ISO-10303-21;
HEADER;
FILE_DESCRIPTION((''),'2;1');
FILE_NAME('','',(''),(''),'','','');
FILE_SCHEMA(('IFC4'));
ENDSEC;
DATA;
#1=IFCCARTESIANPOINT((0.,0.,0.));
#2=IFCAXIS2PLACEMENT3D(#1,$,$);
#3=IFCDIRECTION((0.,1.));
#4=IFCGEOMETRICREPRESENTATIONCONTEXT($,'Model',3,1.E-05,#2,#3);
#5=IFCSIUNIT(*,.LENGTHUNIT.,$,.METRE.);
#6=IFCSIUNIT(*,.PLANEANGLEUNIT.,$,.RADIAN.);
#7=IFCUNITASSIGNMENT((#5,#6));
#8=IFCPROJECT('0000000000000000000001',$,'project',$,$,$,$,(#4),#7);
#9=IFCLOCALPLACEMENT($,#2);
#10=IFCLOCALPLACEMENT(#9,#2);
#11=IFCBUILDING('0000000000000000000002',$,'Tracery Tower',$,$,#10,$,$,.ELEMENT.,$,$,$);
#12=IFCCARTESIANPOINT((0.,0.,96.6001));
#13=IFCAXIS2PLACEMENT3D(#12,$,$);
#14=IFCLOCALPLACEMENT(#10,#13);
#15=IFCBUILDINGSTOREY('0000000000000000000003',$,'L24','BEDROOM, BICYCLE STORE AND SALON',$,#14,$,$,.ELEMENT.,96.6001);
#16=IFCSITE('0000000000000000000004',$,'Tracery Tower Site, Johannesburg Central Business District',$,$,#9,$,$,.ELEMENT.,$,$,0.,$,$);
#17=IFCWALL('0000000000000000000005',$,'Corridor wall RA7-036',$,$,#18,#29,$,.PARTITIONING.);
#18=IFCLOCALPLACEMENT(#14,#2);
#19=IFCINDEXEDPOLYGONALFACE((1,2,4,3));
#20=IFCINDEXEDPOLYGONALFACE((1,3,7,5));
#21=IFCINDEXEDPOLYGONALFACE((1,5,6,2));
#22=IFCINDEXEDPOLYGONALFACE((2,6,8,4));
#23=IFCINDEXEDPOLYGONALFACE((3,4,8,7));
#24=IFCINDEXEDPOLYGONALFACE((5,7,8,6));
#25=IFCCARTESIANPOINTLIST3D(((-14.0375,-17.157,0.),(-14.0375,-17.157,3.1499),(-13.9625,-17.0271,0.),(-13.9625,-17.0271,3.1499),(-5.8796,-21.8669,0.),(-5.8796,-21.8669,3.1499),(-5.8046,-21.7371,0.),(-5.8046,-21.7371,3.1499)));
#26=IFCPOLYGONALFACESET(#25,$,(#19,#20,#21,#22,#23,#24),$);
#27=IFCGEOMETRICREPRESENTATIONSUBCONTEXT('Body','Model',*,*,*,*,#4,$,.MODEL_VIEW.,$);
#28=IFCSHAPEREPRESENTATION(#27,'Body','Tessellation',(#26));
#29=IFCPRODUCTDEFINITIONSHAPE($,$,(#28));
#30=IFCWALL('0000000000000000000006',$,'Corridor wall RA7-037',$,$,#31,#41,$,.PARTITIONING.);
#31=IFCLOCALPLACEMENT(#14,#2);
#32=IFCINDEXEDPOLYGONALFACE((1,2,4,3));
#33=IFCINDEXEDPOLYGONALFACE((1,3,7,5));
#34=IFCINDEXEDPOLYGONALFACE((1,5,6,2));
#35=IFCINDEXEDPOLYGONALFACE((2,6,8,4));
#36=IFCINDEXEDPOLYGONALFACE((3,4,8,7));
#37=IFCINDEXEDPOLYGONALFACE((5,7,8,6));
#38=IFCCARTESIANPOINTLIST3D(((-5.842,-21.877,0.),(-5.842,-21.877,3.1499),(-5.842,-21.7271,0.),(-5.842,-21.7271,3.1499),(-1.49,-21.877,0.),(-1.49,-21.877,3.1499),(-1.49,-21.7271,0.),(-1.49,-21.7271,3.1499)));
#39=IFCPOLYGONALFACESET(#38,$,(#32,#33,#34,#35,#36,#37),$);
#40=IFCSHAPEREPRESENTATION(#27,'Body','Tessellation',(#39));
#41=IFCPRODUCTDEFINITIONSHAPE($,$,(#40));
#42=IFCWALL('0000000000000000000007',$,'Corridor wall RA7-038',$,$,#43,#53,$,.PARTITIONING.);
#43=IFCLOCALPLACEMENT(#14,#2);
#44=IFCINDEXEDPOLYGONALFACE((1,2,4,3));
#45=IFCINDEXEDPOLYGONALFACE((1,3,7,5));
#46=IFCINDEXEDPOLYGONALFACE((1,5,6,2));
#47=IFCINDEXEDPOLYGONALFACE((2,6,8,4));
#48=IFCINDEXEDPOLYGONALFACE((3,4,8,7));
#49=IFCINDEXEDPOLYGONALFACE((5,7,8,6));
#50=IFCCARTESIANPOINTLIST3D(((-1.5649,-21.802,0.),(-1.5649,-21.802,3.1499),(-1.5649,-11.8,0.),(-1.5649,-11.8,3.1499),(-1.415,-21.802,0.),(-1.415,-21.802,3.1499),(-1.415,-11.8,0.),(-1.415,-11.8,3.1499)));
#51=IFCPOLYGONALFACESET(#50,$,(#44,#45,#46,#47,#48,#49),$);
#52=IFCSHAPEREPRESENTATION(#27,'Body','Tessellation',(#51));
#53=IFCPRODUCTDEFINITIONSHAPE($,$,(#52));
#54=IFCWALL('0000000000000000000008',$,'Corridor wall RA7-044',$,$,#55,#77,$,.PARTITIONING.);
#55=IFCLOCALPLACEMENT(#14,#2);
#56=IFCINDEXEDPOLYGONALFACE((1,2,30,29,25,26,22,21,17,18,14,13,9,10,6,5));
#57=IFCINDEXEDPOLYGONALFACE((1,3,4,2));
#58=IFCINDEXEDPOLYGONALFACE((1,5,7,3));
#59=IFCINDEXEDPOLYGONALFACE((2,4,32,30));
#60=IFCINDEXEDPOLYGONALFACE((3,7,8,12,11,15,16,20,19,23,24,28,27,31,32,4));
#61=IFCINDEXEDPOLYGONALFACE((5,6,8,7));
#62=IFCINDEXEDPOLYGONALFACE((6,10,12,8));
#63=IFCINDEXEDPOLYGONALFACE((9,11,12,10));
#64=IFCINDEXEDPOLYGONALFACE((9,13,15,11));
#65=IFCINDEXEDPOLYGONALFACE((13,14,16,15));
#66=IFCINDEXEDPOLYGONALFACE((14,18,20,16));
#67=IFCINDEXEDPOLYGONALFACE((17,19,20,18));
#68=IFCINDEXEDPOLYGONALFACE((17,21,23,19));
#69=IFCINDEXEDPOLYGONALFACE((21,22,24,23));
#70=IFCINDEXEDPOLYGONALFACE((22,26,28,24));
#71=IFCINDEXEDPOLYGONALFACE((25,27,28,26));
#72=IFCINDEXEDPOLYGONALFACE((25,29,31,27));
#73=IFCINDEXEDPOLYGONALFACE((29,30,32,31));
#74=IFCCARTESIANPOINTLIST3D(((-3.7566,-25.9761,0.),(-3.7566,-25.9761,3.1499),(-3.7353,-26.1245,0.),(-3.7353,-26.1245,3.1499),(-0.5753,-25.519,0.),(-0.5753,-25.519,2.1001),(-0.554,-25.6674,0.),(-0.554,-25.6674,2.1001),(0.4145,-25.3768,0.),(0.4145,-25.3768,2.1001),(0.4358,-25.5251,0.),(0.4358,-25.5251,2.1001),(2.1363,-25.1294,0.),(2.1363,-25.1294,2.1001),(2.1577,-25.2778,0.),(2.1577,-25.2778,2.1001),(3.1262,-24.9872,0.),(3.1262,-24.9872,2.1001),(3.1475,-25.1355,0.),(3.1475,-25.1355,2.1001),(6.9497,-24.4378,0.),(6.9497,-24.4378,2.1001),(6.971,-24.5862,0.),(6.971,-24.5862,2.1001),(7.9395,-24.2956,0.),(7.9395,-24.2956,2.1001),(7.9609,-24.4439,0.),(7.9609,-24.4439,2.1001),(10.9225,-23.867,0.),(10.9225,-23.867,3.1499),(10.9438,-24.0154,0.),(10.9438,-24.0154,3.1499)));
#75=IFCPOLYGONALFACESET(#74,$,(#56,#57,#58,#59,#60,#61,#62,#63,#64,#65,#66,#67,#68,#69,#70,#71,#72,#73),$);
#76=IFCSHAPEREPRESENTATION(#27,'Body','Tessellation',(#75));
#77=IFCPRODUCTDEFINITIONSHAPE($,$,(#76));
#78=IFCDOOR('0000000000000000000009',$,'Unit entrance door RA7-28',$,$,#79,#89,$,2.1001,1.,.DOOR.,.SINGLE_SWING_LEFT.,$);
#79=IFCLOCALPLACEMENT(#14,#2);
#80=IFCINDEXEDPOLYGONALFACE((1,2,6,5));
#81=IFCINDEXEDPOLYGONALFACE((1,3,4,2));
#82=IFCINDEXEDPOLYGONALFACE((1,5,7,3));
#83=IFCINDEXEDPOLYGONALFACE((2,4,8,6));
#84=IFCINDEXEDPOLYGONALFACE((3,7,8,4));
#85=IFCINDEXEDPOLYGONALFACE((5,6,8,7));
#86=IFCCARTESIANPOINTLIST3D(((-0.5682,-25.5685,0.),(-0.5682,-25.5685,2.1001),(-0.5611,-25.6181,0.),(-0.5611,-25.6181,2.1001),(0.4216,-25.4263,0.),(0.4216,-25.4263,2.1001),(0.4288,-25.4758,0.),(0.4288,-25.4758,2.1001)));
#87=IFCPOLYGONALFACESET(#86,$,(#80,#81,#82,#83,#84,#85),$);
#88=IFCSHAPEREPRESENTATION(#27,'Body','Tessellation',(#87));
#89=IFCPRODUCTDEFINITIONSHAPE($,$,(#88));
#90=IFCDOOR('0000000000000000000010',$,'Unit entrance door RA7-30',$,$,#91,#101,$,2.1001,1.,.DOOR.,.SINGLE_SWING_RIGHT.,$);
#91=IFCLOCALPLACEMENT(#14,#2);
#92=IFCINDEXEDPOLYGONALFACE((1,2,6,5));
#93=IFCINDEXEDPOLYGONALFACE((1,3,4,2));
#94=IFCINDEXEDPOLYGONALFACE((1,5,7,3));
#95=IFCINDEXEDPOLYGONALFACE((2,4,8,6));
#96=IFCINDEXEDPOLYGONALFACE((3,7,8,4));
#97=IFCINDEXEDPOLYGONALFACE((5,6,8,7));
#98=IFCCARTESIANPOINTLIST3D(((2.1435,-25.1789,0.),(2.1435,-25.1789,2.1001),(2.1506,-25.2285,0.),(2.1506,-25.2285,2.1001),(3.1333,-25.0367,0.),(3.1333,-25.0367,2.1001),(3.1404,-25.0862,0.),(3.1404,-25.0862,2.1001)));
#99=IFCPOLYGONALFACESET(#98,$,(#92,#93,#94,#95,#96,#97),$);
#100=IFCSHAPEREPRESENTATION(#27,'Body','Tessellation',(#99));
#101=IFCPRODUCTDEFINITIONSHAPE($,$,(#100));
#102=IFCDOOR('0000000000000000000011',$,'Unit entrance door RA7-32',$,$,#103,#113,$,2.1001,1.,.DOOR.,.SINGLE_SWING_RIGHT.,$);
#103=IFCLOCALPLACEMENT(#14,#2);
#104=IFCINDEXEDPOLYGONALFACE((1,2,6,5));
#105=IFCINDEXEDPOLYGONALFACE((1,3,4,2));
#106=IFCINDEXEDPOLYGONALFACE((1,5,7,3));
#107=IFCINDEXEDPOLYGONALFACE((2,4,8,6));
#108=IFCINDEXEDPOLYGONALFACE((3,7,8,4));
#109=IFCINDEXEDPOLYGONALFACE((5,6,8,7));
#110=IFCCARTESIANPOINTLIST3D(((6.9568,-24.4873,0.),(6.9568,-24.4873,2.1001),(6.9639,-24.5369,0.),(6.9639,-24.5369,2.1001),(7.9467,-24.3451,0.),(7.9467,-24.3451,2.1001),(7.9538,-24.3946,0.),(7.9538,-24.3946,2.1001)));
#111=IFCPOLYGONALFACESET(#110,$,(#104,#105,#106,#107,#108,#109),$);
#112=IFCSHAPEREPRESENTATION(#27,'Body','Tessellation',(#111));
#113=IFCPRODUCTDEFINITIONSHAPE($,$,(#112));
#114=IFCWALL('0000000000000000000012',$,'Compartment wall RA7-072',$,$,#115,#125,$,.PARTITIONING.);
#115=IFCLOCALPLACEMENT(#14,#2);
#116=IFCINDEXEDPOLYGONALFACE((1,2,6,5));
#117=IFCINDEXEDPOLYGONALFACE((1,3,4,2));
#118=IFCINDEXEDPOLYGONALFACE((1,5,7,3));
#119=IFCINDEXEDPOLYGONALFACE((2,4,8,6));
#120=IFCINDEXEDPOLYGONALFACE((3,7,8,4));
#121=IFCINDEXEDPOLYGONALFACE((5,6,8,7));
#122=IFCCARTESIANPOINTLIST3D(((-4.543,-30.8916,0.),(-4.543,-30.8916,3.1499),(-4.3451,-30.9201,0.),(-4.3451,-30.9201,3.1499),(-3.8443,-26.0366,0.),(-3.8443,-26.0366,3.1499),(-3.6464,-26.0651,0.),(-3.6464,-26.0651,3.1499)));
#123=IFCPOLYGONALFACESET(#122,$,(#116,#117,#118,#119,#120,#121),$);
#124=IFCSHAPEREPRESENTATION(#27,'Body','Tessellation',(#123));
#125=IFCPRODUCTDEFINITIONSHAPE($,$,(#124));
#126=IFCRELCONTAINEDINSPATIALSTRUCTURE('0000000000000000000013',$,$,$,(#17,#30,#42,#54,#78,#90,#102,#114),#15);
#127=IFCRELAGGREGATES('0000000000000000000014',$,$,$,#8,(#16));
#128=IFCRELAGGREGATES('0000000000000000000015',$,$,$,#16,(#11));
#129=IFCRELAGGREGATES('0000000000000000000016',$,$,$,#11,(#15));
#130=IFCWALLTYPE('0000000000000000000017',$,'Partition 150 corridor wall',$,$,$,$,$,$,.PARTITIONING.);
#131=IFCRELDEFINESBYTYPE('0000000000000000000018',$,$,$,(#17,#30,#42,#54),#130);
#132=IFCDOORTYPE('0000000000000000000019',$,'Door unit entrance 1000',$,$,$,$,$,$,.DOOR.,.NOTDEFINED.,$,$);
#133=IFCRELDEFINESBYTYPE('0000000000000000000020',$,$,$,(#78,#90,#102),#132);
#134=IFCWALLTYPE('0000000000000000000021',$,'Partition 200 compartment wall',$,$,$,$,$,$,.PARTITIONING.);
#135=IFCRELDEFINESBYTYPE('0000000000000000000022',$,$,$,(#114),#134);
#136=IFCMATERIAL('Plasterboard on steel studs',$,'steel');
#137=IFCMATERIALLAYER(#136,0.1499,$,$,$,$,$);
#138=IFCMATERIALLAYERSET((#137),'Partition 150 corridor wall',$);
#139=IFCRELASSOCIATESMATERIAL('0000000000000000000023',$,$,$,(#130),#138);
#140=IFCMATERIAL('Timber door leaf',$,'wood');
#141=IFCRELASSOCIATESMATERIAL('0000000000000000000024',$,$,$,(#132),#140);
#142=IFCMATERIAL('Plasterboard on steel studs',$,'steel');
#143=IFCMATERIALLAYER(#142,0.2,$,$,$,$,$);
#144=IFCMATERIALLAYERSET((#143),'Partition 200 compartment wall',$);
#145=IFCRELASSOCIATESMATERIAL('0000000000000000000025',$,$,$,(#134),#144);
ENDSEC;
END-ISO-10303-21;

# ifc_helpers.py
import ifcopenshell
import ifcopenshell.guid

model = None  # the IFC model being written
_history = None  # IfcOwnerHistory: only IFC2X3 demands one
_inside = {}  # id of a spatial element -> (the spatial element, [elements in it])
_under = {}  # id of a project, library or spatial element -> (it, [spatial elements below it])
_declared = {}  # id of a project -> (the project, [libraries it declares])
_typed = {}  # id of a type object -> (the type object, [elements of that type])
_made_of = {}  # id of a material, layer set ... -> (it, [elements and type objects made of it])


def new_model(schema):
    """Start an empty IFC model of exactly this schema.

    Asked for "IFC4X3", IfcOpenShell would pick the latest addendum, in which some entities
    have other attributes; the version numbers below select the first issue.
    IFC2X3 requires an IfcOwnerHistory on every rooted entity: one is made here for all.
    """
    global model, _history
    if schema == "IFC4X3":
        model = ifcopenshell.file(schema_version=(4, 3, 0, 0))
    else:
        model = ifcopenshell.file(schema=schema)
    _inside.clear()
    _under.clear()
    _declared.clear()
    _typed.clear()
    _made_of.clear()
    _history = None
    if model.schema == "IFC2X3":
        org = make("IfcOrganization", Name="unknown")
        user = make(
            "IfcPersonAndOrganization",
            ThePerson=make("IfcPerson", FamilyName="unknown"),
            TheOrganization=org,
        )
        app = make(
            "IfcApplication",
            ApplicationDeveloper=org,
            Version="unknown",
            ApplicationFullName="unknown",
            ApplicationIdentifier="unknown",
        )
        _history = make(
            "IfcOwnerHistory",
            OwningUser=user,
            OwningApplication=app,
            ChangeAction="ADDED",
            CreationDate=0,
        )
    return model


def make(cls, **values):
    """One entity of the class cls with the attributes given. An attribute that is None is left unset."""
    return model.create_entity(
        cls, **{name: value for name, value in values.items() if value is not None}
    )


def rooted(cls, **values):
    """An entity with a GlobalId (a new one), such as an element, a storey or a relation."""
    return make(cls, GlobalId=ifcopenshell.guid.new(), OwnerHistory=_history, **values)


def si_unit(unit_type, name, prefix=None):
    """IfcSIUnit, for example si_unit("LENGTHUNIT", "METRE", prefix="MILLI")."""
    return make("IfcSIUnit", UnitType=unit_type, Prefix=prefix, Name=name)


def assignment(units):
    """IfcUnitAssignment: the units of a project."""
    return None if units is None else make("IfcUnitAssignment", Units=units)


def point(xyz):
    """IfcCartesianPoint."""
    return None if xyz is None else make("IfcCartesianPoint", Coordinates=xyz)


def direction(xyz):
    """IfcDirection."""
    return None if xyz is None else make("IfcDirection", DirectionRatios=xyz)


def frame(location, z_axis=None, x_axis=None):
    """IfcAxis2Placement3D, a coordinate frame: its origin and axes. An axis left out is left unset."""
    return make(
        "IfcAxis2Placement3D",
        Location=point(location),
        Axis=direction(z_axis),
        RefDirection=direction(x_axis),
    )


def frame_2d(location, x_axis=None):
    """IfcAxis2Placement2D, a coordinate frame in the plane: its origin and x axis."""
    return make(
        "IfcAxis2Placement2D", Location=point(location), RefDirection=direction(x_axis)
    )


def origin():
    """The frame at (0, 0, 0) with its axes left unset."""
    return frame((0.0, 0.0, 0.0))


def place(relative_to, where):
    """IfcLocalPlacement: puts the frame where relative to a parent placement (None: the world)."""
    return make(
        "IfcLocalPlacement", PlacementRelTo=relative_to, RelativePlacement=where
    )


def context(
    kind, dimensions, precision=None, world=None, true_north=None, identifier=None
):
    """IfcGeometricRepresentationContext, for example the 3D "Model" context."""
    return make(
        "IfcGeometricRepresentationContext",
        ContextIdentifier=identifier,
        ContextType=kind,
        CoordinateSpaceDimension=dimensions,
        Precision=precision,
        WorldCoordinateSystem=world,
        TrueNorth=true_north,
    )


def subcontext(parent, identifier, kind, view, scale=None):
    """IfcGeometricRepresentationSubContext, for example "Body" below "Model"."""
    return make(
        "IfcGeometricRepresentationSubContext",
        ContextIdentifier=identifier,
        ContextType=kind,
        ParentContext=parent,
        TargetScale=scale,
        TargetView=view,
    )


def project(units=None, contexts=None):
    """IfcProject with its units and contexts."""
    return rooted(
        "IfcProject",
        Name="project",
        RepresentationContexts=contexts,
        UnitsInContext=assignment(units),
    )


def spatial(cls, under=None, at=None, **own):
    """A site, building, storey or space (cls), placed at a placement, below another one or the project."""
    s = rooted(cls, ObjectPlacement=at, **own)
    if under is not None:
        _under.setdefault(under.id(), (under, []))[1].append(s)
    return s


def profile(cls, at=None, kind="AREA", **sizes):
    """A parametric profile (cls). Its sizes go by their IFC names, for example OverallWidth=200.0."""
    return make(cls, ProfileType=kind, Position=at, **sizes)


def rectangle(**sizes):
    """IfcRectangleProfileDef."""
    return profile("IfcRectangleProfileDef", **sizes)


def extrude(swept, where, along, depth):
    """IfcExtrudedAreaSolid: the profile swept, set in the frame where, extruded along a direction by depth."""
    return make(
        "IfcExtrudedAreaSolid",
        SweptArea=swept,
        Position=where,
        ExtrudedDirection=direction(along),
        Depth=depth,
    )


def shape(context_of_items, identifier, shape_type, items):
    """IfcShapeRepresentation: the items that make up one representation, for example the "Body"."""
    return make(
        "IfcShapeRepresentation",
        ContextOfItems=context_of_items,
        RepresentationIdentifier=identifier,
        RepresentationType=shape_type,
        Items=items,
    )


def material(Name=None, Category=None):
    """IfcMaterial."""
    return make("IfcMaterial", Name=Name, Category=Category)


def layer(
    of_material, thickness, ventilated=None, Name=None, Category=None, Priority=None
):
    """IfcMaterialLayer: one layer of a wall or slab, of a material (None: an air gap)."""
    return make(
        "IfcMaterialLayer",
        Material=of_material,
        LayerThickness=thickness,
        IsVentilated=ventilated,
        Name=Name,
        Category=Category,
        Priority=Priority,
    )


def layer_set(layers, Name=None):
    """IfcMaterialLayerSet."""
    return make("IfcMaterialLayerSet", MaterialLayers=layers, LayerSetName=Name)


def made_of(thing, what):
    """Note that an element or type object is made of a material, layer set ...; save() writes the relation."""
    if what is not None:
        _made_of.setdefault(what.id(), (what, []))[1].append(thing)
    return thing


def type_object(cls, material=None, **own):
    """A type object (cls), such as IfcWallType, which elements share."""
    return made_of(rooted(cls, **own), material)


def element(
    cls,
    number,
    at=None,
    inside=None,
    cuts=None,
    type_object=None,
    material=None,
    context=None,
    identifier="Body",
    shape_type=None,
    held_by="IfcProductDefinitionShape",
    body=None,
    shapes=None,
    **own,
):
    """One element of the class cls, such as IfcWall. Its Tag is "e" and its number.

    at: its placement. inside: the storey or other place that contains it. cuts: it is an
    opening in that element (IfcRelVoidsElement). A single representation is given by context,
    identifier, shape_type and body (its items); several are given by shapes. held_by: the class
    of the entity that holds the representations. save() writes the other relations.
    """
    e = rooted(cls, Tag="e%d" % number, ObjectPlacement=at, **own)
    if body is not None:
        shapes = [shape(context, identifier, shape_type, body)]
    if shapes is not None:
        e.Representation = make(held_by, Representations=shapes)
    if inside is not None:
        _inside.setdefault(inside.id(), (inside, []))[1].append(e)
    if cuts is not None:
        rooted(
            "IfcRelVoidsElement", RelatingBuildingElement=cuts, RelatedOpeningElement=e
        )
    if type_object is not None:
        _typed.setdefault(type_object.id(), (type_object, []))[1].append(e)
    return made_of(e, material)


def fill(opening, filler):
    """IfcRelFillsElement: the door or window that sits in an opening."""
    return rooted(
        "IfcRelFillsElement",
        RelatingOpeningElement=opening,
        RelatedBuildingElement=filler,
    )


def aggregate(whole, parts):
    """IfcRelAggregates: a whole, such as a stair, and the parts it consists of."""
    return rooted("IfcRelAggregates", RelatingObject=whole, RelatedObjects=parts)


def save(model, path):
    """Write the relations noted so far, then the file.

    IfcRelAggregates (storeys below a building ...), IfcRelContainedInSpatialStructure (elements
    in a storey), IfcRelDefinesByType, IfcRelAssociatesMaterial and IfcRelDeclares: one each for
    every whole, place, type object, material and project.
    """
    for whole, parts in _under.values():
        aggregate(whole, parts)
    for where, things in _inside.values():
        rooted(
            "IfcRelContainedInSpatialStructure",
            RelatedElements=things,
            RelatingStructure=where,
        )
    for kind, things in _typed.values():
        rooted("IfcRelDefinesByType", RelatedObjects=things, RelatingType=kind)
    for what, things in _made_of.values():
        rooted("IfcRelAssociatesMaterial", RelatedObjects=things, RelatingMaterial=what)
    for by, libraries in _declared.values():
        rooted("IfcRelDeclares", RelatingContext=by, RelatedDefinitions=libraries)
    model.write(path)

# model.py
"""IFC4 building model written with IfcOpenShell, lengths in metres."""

from ifc_helpers import new_model, si_unit, direction, frame, frame_2d, origin, place, context, subcontext, project, spatial, rectangle, extrude, material, layer, layer_set, type_object, element, fill, save


model = new_model("IFC4")

# Units and contexts
model_context = context("Model", 3, precision=1e-05, world=origin(), true_north=direction((0.0, 1.0)))
body_context = subcontext(model_context, "Body", "Model", "MODEL_VIEW")
ifc_project = project(units=[si_unit("LENGTHUNIT", "METRE"), si_unit("PLANEANGLEUNIT", "RADIAN")], contexts=[model_context])

# Site, building, storey
site_placement = place(None, origin())
site = spatial("IfcSite", under=ifc_project, at=site_placement, Name="Tracery Tower Site, Johannesburg Central Business District", CompositionType="ELEMENT", RefElevation=0.0)
building_placement = place(site_placement, origin())
building = spatial("IfcBuilding", under=site, at=building_placement, Name="Tracery Tower", CompositionType="ELEMENT")
storey_placement = place(building_placement, frame((0.0, 0.0, 96.6001)))
storey = spatial("IfcBuildingStorey", under=building, at=storey_placement, Name="L24", Description="BEDROOM, BICYCLE STORE AND SALON", CompositionType="ELEMENT", Elevation=96.6001)

# Walls
ifc_material_1 = material(Name="Plasterboard on steel studs", Category="steel")
ifc_layer_1 = layer(ifc_material_1, 0.1499)
ifc_layer_set_1 = layer_set([ifc_layer_1], Name="Partition 150 corridor wall")
wall_type_1 = type_object("IfcWallType", Name="Partition 150 corridor wall", PredefinedType="PARTITIONING", material=ifc_layer_set_1)
wall_1_placement = place(storey_placement, frame((-14.0, -17.092, 0.0), z_axis=(0.0, 0.0, 1.0), x_axis=(0.866027, -0.499997, 0.0)))
element("IfcWall", 1, at=wall_1_placement, inside=storey, type_object=wall_type_1, Name="Corridor wall RA7-036", PredefinedType="PARTITIONING", context=body_context, shape_type="SweptSolid", body=[
    extrude(rectangle(XDim=9.4199, YDim=0.1499, at=frame_2d((4.71, 0.0))), origin(), (0.0, 0.0, 1.0), 3.1499),
])
wall_2_placement = place(storey_placement, frame((-5.842, -21.802, 0.0), z_axis=(0.0, 0.0, 1.0), x_axis=(1.0, 0.0, 0.0)))
element("IfcWall", 2, at=wall_2_placement, inside=storey, type_object=wall_type_1, Name="Corridor wall RA7-037", PredefinedType="PARTITIONING", context=body_context, shape_type="SweptSolid", body=[
    extrude(rectangle(XDim=4.3521, YDim=0.1499, at=frame_2d((2.176, 0.0))), origin(), (0.0, 0.0, 1.0), 3.1499),
])
wall_3_placement = place(storey_placement, frame((-1.49, -21.802, 0.0), z_axis=(0.0, 0.0, 1.0), x_axis=(0.0, 1.0, 0.0)))
element("IfcWall", 3, at=wall_3_placement, inside=storey, type_object=wall_type_1, Name="Corridor wall RA7-038", PredefinedType="PARTITIONING", context=body_context, shape_type="SweptSolid", body=[
    extrude(rectangle(XDim=10.002, YDim=0.1499, at=frame_2d((5.001, 0.0))), origin(), (0.0, 0.0, 1.0), 3.1499),
])

# Wall, openings, doors
wall_4_placement = place(storey_placement, frame((-3.7461, -26.0503, 0.0), z_axis=(0.0, 0.0, 1.0), x_axis=(0.989835, 0.142221, 0.0)))
wall_4 = element("IfcWall", 4, at=wall_4_placement, inside=storey, type_object=wall_type_1, Name="Corridor wall RA7-044", PredefinedType="PARTITIONING", context=body_context, shape_type="SweptSolid", body=[
    extrude(rectangle(XDim=14.8298, YDim=0.1499, at=frame_2d((7.415, 0.0))), origin(), (0.0, 0.0, 1.0), 3.1499),
])
opening_1_placement = place(wall_4_placement, frame((3.2141, 0.0, 0.0)))
opening_1 = element("IfcOpeningElement", 5, at=opening_1_placement, cuts=wall_4, PredefinedType="OPENING", context=body_context, shape_type="SweptSolid", body=[
    extrude(rectangle(XDim=1.0, YDim=2.1001, at=frame_2d((0.5, 1.05))), frame((0.0, 0.075, 0.0), z_axis=(0.0, -1.0, 0.0), x_axis=(1.0, 0.0, 0.0)), (0.0, 0.0, 1.0), 0.1499),
])
opening_2_placement = place(wall_4_placement, frame((5.9536, 0.0, 0.0)))
opening_2 = element("IfcOpeningElement", 6, at=opening_2_placement, cuts=wall_4, PredefinedType="OPENING", context=body_context, shape_type="SweptSolid", body=[
    extrude(rectangle(XDim=1.0, YDim=2.1001, at=frame_2d((0.5, 1.05))), frame((0.0, 0.075, 0.0), z_axis=(0.0, -1.0, 0.0), x_axis=(1.0, 0.0, 0.0)), (0.0, 0.0, 1.0), 0.1499),
])
opening_3_placement = place(wall_4_placement, frame((10.8164, 0.0, 0.0)))
opening_3 = element("IfcOpeningElement", 7, at=opening_3_placement, cuts=wall_4, PredefinedType="OPENING", context=body_context, shape_type="SweptSolid", body=[
    extrude(rectangle(XDim=1.0, YDim=2.1001, at=frame_2d((0.5, 1.05))), frame((0.0, 0.075, 0.0), z_axis=(0.0, -1.0, 0.0), x_axis=(1.0, 0.0, 0.0)), (0.0, 0.0, 1.0), 0.1499),
])
ifc_material_2 = material(Name="Timber door leaf", Category="wood")
door_type_1 = type_object("IfcDoorType", Name="Door unit entrance 1000", OperationType="NOTDEFINED", PredefinedType="DOOR", material=ifc_material_2)
door_1_placement = place(opening_1_placement, origin())
door_1 = element("IfcDoor", 8, at=door_1_placement, inside=storey, type_object=door_type_1, Name="Unit entrance door RA7-28", OperationType="SINGLE_SWING_LEFT", OverallHeight=2.1001, OverallWidth=1.0, PredefinedType="DOOR", context=body_context, shape_type="SweptSolid", body=[
    extrude(rectangle(XDim=1.0, YDim=2.1001, at=frame_2d((0.5, 1.05))), frame((0.0, 0.0249, 0.0), z_axis=(0.0, -1.0, 0.0), x_axis=(1.0, 0.0, 0.0)), (0.0, 0.0, 1.0), 0.05),
])
fill(opening_1, door_1)
door_2_placement = place(opening_2_placement, origin())
door_2 = element("IfcDoor", 9, at=door_2_placement, inside=storey, type_object=door_type_1, Name="Unit entrance door RA7-30", OperationType="SINGLE_SWING_RIGHT", OverallHeight=2.1001, OverallWidth=1.0, PredefinedType="DOOR", context=body_context, shape_type="SweptSolid", body=[
    extrude(rectangle(XDim=1.0, YDim=2.1001, at=frame_2d((0.5, 1.05))), frame((0.0, 0.0249, 0.0), z_axis=(0.0, -1.0, 0.0), x_axis=(1.0, 0.0, 0.0)), (0.0, 0.0, 1.0), 0.05),
])
fill(opening_2, door_2)
door_3_placement = place(opening_3_placement, origin())
door_3 = element("IfcDoor", 10, at=door_3_placement, inside=storey, type_object=door_type_1, Name="Unit entrance door RA7-32", OperationType="SINGLE_SWING_RIGHT", OverallHeight=2.1001, OverallWidth=1.0, PredefinedType="DOOR", context=body_context, shape_type="SweptSolid", body=[
    extrude(rectangle(XDim=1.0, YDim=2.1001, at=frame_2d((0.5, 1.05))), frame((0.0, 0.0249, 0.0), z_axis=(0.0, -1.0, 0.0), x_axis=(1.0, 0.0, 0.0)), (0.0, 0.0, 1.0), 0.05),
])
fill(opening_3, door_3)

# Wall
ifc_material_3 = material(Name="Plasterboard on steel studs", Category="steel")
ifc_layer_2 = layer(ifc_material_3, 0.2)
ifc_layer_set_2 = layer_set([ifc_layer_2], Name="Partition 200 compartment wall")
wall_type_2 = type_object("IfcWallType", Name="Partition 200 compartment wall", PredefinedType="PARTITIONING", material=ifc_layer_set_2)
wall_5_placement = place(storey_placement, frame((-4.4441, -30.906, 0.0), z_axis=(0.0, 0.0, 1.0), x_axis=(0.142453, 0.989802, 0.0)))
element("IfcWall", 11, at=wall_5_placement, inside=storey, type_object=wall_type_2, Name="Compartment wall RA7-072", PredefinedType="PARTITIONING", context=body_context, shape_type="SweptSolid", body=[
    extrude(rectangle(XDim=4.905, YDim=0.2, at=frame_2d((2.4526, 0.0))), origin(), (0.0, 0.0, 1.0), 3.1499),
])

save(model, "model.ifc")
